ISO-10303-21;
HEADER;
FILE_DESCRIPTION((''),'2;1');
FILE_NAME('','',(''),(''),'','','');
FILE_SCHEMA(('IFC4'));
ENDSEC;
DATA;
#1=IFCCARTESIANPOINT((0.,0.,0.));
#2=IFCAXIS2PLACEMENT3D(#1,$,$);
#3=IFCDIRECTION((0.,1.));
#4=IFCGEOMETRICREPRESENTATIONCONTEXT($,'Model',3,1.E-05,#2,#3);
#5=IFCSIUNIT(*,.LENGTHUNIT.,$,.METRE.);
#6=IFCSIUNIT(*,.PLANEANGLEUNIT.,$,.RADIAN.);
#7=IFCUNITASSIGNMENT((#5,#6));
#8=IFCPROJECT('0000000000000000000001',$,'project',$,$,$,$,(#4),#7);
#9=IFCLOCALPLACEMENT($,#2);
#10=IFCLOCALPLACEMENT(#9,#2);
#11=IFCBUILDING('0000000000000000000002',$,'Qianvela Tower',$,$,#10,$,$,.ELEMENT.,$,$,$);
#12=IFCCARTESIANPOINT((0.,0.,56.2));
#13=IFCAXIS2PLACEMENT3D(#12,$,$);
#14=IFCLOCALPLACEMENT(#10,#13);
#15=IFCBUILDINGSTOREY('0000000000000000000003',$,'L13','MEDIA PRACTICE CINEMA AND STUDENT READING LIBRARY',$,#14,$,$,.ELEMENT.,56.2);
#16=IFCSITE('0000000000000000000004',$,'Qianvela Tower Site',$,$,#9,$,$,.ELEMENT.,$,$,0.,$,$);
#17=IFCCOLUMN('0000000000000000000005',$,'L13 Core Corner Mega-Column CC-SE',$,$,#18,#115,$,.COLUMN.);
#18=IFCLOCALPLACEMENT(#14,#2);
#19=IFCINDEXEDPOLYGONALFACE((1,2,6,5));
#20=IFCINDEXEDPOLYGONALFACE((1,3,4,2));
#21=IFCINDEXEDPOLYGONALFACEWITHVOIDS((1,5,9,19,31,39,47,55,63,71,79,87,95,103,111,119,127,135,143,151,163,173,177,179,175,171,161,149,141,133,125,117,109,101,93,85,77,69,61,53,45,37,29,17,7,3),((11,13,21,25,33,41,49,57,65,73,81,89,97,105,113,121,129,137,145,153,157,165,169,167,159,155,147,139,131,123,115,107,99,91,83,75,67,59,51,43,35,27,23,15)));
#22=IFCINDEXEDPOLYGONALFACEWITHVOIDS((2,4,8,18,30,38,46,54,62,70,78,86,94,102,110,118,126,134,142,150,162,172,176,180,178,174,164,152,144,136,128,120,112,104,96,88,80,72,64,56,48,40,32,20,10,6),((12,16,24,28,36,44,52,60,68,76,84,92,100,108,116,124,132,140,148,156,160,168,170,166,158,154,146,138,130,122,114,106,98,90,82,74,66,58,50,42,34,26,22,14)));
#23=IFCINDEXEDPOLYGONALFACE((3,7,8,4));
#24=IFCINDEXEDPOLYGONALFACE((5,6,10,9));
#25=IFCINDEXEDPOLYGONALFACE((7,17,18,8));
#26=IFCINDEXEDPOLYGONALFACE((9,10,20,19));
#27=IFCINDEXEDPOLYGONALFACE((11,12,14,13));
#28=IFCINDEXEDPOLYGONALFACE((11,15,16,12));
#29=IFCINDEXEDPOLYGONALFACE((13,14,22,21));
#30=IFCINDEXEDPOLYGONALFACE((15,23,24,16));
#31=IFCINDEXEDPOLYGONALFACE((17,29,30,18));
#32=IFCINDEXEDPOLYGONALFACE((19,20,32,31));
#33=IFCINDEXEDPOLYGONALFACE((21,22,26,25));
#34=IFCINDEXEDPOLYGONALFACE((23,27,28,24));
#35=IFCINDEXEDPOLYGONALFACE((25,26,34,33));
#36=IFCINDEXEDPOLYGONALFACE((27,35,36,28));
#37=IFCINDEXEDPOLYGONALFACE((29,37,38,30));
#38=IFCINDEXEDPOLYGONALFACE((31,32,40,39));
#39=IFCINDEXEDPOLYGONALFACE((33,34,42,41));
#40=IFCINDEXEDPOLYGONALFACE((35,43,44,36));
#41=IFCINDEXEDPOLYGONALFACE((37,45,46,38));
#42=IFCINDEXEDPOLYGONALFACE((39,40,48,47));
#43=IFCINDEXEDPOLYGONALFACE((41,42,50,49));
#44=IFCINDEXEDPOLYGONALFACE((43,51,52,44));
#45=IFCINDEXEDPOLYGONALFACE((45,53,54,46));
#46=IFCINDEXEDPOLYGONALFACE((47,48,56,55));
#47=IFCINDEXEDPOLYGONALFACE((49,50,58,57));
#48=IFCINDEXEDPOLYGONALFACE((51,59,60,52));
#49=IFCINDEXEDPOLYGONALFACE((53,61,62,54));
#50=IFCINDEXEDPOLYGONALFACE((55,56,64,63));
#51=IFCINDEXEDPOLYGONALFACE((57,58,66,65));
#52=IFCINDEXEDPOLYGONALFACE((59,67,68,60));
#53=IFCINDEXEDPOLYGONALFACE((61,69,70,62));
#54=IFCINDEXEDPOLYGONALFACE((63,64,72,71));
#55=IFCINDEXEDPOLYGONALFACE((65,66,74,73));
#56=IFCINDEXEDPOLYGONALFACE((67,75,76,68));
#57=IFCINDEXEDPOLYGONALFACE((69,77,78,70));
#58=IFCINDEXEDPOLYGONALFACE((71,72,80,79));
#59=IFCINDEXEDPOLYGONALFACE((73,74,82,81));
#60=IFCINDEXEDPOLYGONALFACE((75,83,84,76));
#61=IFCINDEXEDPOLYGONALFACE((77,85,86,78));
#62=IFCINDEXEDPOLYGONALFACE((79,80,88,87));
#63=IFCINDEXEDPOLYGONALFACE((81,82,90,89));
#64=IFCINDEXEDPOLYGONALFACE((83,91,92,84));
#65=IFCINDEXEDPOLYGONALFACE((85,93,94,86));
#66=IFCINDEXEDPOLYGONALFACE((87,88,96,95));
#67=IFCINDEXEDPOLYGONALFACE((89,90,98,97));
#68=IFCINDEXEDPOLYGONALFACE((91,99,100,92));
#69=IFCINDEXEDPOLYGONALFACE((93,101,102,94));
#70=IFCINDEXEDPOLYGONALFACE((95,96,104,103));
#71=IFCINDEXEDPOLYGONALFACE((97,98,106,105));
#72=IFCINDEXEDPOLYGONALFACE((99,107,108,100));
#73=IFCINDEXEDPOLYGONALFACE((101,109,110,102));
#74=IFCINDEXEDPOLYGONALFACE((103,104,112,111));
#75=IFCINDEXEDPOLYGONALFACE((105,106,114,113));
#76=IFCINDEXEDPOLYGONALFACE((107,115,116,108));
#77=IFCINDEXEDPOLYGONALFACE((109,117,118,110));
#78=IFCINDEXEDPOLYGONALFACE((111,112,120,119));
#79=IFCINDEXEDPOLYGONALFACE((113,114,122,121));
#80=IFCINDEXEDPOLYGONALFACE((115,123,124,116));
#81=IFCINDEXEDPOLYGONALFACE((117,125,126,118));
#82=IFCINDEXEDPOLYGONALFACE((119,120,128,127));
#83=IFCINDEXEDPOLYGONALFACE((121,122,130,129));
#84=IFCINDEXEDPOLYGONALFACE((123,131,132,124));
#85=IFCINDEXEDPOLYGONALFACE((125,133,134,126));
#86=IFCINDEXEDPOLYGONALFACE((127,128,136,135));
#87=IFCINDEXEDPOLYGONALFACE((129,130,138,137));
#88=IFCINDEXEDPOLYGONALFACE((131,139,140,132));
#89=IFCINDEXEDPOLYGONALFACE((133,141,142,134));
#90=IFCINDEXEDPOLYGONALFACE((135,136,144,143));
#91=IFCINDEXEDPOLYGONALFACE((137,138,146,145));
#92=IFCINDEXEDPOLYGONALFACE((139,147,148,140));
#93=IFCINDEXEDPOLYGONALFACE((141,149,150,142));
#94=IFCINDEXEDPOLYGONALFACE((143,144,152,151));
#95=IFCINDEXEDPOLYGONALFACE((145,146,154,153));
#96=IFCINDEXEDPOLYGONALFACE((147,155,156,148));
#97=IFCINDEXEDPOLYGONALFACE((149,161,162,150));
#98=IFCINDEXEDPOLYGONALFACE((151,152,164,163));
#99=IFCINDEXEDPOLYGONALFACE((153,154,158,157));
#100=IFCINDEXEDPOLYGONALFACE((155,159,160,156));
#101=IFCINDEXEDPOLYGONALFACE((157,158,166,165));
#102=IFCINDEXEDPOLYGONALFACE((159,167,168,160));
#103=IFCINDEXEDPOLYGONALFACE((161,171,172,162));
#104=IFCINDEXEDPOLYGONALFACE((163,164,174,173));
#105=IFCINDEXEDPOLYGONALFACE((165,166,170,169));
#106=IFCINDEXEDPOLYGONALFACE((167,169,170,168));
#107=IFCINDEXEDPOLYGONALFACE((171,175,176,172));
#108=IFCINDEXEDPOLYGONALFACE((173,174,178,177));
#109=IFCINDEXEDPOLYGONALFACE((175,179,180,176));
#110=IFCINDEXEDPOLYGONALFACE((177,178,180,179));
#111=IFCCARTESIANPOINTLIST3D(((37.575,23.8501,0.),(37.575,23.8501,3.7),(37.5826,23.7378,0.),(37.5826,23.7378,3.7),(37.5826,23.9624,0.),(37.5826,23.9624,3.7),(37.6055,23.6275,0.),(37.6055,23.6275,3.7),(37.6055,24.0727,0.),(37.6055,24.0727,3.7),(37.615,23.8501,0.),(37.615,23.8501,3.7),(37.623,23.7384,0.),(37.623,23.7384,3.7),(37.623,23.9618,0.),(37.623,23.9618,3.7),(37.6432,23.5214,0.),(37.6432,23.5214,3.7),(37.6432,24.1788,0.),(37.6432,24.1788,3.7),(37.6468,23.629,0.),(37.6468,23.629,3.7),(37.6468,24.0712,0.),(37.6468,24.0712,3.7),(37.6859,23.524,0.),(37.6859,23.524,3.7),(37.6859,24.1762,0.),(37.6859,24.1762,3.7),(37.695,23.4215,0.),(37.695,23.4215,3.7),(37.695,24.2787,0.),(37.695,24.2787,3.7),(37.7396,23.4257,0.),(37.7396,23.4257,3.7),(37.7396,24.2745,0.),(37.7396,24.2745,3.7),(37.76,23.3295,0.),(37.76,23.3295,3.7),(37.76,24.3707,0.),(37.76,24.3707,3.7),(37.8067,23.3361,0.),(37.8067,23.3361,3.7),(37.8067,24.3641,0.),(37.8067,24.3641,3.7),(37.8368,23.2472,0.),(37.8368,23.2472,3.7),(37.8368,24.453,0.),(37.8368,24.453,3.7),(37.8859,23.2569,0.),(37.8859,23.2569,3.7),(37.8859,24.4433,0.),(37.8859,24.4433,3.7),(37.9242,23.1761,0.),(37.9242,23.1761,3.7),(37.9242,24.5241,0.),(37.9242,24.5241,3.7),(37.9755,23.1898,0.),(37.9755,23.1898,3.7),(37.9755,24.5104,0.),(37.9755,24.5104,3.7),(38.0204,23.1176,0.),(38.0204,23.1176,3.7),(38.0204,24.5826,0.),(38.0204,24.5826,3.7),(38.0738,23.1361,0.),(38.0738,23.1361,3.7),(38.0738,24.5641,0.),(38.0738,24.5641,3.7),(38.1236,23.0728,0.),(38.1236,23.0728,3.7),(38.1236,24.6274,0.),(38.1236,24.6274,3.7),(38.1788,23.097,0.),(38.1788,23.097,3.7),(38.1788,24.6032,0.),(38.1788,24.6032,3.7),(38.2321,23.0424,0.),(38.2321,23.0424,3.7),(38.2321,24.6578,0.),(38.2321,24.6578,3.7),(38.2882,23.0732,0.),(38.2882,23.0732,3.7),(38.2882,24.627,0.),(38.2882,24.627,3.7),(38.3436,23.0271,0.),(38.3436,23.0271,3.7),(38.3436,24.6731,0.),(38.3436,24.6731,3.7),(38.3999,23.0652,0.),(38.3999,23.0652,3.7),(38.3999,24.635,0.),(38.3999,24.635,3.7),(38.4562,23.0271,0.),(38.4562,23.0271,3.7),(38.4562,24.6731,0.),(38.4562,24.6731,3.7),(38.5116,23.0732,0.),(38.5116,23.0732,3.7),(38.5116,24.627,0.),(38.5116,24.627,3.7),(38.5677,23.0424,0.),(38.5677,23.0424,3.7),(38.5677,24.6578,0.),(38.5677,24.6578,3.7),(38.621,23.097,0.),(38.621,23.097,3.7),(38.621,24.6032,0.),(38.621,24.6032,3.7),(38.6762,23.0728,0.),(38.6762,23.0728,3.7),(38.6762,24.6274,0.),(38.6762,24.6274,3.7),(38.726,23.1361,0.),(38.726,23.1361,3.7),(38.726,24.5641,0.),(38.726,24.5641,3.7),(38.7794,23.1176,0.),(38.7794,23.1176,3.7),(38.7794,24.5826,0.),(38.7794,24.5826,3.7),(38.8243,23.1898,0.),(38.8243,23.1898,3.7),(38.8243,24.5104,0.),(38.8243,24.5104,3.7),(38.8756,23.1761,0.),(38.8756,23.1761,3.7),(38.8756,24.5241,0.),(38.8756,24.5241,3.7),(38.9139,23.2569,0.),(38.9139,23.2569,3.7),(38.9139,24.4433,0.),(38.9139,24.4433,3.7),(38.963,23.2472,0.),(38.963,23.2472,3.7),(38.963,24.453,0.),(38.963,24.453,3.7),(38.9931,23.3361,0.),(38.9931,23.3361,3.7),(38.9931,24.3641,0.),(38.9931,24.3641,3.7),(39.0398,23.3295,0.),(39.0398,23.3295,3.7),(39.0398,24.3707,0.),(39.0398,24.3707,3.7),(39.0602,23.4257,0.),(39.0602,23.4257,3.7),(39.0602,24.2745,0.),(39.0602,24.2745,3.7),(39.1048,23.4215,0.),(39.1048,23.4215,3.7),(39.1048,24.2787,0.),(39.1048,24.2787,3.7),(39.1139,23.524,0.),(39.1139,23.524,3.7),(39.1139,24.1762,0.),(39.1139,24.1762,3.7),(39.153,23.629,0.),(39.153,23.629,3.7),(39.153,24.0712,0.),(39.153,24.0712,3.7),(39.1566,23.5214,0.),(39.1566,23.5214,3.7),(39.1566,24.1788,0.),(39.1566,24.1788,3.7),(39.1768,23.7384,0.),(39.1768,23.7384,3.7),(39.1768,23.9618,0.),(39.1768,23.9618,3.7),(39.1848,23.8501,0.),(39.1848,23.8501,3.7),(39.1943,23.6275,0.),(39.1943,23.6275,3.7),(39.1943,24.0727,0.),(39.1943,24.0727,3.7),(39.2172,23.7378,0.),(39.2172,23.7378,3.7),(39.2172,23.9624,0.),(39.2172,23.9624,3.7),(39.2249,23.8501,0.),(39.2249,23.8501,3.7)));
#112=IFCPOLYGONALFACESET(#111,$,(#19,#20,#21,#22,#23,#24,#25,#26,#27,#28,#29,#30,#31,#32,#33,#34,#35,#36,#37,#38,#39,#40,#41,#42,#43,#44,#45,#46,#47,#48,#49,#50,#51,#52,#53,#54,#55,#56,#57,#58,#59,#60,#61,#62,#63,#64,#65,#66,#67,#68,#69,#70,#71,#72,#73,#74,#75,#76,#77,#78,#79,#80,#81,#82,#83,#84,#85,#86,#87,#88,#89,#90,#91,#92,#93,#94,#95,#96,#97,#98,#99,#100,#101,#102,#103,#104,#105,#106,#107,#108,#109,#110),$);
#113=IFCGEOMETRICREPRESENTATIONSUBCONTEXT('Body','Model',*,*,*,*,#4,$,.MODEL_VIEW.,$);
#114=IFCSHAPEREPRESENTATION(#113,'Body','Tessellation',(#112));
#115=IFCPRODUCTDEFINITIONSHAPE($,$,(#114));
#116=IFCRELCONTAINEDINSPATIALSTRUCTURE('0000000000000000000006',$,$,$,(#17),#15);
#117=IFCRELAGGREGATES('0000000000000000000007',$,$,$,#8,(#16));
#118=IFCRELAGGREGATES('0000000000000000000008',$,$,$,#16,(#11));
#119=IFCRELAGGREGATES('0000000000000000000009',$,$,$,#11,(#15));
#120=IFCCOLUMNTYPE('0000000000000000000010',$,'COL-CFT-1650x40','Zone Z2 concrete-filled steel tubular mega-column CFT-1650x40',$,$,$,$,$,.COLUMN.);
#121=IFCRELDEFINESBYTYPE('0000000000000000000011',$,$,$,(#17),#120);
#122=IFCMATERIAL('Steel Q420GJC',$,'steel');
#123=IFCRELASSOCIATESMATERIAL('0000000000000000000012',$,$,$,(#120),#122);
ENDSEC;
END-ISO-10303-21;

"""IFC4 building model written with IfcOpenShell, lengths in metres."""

from ifc_helpers import new_model, si_unit, direction, frame, origin, origin_2d, place, context, subcontext, project, spatial, hollow_circle, extrude, material, material_profile, profile_set, type_object, element, save


model = new_model("IFC4")

# Units and contexts
model_context = context("Model", 3, precision=1e-05, world=origin(), true_north=direction((0.0, 1.0)))
body_context = subcontext(model_context, "Body", "Model", "MODEL_VIEW")
ifc_project = project(units=[si_unit("LENGTHUNIT", "METRE"), si_unit("PLANEANGLEUNIT", "RADIAN")], contexts=[model_context])

# Site, building, storey
site_placement = place(None, origin())
site = spatial("IfcSite", under=ifc_project, at=site_placement, Name="Qianvela Tower Site", CompositionType="ELEMENT", RefElevation=0.0)
building_placement = place(site_placement, origin())
building = spatial("IfcBuilding", under=site, at=building_placement, Name="Qianvela Tower", CompositionType="ELEMENT")
storey_placement = place(building_placement, frame((0.0, 0.0, 56.2)))
storey = spatial("IfcBuildingStorey", under=building, at=storey_placement, Name="L13", Description="MEDIA PRACTICE CINEMA AND STUDENT READING LIBRARY", CompositionType="ELEMENT", Elevation=56.2)

# Column
ifc_material_1 = material(Name="Steel Q420GJC", Category="steel")
ifc_material_profile_1 = material_profile(ifc_material_1, hollow_circle(Radius=0.825, WallThickness=0.04, at=origin_2d()), Name="CFT-1650x40")
ifc_profile_set_1 = profile_set([ifc_material_profile_1], Name="Steel Q420GJC")
column_type = type_object("IfcColumnType", Name="COL-CFT-1650x40", Description="Zone Z2 concrete-filled steel tubular mega-column CFT-1650x40", PredefinedType="COLUMN", material=ifc_profile_set_1)
for number, where, z_axis, x_axis, name in (
    (1, (38.3999, 23.8501, 0.0), (0.0, 0.0, 1.0), (1.0, 0.0, 0.0), "L13 Core Corner Mega-Column CC-SE"),
):
    element("IfcColumn", number, at=place(storey_placement, frame(where, z_axis=z_axis, x_axis=x_axis)), inside=storey, type_object=column_type, Name=name, PredefinedType="COLUMN", context=body_context, shape_type="SweptSolid", body=[
        extrude(hollow_circle(Radius=0.825, WallThickness=0.04, at=origin_2d()), origin(), (0.0, 0.0, 1.0), 3.7),
    ])

save(model, "model.ifc")
